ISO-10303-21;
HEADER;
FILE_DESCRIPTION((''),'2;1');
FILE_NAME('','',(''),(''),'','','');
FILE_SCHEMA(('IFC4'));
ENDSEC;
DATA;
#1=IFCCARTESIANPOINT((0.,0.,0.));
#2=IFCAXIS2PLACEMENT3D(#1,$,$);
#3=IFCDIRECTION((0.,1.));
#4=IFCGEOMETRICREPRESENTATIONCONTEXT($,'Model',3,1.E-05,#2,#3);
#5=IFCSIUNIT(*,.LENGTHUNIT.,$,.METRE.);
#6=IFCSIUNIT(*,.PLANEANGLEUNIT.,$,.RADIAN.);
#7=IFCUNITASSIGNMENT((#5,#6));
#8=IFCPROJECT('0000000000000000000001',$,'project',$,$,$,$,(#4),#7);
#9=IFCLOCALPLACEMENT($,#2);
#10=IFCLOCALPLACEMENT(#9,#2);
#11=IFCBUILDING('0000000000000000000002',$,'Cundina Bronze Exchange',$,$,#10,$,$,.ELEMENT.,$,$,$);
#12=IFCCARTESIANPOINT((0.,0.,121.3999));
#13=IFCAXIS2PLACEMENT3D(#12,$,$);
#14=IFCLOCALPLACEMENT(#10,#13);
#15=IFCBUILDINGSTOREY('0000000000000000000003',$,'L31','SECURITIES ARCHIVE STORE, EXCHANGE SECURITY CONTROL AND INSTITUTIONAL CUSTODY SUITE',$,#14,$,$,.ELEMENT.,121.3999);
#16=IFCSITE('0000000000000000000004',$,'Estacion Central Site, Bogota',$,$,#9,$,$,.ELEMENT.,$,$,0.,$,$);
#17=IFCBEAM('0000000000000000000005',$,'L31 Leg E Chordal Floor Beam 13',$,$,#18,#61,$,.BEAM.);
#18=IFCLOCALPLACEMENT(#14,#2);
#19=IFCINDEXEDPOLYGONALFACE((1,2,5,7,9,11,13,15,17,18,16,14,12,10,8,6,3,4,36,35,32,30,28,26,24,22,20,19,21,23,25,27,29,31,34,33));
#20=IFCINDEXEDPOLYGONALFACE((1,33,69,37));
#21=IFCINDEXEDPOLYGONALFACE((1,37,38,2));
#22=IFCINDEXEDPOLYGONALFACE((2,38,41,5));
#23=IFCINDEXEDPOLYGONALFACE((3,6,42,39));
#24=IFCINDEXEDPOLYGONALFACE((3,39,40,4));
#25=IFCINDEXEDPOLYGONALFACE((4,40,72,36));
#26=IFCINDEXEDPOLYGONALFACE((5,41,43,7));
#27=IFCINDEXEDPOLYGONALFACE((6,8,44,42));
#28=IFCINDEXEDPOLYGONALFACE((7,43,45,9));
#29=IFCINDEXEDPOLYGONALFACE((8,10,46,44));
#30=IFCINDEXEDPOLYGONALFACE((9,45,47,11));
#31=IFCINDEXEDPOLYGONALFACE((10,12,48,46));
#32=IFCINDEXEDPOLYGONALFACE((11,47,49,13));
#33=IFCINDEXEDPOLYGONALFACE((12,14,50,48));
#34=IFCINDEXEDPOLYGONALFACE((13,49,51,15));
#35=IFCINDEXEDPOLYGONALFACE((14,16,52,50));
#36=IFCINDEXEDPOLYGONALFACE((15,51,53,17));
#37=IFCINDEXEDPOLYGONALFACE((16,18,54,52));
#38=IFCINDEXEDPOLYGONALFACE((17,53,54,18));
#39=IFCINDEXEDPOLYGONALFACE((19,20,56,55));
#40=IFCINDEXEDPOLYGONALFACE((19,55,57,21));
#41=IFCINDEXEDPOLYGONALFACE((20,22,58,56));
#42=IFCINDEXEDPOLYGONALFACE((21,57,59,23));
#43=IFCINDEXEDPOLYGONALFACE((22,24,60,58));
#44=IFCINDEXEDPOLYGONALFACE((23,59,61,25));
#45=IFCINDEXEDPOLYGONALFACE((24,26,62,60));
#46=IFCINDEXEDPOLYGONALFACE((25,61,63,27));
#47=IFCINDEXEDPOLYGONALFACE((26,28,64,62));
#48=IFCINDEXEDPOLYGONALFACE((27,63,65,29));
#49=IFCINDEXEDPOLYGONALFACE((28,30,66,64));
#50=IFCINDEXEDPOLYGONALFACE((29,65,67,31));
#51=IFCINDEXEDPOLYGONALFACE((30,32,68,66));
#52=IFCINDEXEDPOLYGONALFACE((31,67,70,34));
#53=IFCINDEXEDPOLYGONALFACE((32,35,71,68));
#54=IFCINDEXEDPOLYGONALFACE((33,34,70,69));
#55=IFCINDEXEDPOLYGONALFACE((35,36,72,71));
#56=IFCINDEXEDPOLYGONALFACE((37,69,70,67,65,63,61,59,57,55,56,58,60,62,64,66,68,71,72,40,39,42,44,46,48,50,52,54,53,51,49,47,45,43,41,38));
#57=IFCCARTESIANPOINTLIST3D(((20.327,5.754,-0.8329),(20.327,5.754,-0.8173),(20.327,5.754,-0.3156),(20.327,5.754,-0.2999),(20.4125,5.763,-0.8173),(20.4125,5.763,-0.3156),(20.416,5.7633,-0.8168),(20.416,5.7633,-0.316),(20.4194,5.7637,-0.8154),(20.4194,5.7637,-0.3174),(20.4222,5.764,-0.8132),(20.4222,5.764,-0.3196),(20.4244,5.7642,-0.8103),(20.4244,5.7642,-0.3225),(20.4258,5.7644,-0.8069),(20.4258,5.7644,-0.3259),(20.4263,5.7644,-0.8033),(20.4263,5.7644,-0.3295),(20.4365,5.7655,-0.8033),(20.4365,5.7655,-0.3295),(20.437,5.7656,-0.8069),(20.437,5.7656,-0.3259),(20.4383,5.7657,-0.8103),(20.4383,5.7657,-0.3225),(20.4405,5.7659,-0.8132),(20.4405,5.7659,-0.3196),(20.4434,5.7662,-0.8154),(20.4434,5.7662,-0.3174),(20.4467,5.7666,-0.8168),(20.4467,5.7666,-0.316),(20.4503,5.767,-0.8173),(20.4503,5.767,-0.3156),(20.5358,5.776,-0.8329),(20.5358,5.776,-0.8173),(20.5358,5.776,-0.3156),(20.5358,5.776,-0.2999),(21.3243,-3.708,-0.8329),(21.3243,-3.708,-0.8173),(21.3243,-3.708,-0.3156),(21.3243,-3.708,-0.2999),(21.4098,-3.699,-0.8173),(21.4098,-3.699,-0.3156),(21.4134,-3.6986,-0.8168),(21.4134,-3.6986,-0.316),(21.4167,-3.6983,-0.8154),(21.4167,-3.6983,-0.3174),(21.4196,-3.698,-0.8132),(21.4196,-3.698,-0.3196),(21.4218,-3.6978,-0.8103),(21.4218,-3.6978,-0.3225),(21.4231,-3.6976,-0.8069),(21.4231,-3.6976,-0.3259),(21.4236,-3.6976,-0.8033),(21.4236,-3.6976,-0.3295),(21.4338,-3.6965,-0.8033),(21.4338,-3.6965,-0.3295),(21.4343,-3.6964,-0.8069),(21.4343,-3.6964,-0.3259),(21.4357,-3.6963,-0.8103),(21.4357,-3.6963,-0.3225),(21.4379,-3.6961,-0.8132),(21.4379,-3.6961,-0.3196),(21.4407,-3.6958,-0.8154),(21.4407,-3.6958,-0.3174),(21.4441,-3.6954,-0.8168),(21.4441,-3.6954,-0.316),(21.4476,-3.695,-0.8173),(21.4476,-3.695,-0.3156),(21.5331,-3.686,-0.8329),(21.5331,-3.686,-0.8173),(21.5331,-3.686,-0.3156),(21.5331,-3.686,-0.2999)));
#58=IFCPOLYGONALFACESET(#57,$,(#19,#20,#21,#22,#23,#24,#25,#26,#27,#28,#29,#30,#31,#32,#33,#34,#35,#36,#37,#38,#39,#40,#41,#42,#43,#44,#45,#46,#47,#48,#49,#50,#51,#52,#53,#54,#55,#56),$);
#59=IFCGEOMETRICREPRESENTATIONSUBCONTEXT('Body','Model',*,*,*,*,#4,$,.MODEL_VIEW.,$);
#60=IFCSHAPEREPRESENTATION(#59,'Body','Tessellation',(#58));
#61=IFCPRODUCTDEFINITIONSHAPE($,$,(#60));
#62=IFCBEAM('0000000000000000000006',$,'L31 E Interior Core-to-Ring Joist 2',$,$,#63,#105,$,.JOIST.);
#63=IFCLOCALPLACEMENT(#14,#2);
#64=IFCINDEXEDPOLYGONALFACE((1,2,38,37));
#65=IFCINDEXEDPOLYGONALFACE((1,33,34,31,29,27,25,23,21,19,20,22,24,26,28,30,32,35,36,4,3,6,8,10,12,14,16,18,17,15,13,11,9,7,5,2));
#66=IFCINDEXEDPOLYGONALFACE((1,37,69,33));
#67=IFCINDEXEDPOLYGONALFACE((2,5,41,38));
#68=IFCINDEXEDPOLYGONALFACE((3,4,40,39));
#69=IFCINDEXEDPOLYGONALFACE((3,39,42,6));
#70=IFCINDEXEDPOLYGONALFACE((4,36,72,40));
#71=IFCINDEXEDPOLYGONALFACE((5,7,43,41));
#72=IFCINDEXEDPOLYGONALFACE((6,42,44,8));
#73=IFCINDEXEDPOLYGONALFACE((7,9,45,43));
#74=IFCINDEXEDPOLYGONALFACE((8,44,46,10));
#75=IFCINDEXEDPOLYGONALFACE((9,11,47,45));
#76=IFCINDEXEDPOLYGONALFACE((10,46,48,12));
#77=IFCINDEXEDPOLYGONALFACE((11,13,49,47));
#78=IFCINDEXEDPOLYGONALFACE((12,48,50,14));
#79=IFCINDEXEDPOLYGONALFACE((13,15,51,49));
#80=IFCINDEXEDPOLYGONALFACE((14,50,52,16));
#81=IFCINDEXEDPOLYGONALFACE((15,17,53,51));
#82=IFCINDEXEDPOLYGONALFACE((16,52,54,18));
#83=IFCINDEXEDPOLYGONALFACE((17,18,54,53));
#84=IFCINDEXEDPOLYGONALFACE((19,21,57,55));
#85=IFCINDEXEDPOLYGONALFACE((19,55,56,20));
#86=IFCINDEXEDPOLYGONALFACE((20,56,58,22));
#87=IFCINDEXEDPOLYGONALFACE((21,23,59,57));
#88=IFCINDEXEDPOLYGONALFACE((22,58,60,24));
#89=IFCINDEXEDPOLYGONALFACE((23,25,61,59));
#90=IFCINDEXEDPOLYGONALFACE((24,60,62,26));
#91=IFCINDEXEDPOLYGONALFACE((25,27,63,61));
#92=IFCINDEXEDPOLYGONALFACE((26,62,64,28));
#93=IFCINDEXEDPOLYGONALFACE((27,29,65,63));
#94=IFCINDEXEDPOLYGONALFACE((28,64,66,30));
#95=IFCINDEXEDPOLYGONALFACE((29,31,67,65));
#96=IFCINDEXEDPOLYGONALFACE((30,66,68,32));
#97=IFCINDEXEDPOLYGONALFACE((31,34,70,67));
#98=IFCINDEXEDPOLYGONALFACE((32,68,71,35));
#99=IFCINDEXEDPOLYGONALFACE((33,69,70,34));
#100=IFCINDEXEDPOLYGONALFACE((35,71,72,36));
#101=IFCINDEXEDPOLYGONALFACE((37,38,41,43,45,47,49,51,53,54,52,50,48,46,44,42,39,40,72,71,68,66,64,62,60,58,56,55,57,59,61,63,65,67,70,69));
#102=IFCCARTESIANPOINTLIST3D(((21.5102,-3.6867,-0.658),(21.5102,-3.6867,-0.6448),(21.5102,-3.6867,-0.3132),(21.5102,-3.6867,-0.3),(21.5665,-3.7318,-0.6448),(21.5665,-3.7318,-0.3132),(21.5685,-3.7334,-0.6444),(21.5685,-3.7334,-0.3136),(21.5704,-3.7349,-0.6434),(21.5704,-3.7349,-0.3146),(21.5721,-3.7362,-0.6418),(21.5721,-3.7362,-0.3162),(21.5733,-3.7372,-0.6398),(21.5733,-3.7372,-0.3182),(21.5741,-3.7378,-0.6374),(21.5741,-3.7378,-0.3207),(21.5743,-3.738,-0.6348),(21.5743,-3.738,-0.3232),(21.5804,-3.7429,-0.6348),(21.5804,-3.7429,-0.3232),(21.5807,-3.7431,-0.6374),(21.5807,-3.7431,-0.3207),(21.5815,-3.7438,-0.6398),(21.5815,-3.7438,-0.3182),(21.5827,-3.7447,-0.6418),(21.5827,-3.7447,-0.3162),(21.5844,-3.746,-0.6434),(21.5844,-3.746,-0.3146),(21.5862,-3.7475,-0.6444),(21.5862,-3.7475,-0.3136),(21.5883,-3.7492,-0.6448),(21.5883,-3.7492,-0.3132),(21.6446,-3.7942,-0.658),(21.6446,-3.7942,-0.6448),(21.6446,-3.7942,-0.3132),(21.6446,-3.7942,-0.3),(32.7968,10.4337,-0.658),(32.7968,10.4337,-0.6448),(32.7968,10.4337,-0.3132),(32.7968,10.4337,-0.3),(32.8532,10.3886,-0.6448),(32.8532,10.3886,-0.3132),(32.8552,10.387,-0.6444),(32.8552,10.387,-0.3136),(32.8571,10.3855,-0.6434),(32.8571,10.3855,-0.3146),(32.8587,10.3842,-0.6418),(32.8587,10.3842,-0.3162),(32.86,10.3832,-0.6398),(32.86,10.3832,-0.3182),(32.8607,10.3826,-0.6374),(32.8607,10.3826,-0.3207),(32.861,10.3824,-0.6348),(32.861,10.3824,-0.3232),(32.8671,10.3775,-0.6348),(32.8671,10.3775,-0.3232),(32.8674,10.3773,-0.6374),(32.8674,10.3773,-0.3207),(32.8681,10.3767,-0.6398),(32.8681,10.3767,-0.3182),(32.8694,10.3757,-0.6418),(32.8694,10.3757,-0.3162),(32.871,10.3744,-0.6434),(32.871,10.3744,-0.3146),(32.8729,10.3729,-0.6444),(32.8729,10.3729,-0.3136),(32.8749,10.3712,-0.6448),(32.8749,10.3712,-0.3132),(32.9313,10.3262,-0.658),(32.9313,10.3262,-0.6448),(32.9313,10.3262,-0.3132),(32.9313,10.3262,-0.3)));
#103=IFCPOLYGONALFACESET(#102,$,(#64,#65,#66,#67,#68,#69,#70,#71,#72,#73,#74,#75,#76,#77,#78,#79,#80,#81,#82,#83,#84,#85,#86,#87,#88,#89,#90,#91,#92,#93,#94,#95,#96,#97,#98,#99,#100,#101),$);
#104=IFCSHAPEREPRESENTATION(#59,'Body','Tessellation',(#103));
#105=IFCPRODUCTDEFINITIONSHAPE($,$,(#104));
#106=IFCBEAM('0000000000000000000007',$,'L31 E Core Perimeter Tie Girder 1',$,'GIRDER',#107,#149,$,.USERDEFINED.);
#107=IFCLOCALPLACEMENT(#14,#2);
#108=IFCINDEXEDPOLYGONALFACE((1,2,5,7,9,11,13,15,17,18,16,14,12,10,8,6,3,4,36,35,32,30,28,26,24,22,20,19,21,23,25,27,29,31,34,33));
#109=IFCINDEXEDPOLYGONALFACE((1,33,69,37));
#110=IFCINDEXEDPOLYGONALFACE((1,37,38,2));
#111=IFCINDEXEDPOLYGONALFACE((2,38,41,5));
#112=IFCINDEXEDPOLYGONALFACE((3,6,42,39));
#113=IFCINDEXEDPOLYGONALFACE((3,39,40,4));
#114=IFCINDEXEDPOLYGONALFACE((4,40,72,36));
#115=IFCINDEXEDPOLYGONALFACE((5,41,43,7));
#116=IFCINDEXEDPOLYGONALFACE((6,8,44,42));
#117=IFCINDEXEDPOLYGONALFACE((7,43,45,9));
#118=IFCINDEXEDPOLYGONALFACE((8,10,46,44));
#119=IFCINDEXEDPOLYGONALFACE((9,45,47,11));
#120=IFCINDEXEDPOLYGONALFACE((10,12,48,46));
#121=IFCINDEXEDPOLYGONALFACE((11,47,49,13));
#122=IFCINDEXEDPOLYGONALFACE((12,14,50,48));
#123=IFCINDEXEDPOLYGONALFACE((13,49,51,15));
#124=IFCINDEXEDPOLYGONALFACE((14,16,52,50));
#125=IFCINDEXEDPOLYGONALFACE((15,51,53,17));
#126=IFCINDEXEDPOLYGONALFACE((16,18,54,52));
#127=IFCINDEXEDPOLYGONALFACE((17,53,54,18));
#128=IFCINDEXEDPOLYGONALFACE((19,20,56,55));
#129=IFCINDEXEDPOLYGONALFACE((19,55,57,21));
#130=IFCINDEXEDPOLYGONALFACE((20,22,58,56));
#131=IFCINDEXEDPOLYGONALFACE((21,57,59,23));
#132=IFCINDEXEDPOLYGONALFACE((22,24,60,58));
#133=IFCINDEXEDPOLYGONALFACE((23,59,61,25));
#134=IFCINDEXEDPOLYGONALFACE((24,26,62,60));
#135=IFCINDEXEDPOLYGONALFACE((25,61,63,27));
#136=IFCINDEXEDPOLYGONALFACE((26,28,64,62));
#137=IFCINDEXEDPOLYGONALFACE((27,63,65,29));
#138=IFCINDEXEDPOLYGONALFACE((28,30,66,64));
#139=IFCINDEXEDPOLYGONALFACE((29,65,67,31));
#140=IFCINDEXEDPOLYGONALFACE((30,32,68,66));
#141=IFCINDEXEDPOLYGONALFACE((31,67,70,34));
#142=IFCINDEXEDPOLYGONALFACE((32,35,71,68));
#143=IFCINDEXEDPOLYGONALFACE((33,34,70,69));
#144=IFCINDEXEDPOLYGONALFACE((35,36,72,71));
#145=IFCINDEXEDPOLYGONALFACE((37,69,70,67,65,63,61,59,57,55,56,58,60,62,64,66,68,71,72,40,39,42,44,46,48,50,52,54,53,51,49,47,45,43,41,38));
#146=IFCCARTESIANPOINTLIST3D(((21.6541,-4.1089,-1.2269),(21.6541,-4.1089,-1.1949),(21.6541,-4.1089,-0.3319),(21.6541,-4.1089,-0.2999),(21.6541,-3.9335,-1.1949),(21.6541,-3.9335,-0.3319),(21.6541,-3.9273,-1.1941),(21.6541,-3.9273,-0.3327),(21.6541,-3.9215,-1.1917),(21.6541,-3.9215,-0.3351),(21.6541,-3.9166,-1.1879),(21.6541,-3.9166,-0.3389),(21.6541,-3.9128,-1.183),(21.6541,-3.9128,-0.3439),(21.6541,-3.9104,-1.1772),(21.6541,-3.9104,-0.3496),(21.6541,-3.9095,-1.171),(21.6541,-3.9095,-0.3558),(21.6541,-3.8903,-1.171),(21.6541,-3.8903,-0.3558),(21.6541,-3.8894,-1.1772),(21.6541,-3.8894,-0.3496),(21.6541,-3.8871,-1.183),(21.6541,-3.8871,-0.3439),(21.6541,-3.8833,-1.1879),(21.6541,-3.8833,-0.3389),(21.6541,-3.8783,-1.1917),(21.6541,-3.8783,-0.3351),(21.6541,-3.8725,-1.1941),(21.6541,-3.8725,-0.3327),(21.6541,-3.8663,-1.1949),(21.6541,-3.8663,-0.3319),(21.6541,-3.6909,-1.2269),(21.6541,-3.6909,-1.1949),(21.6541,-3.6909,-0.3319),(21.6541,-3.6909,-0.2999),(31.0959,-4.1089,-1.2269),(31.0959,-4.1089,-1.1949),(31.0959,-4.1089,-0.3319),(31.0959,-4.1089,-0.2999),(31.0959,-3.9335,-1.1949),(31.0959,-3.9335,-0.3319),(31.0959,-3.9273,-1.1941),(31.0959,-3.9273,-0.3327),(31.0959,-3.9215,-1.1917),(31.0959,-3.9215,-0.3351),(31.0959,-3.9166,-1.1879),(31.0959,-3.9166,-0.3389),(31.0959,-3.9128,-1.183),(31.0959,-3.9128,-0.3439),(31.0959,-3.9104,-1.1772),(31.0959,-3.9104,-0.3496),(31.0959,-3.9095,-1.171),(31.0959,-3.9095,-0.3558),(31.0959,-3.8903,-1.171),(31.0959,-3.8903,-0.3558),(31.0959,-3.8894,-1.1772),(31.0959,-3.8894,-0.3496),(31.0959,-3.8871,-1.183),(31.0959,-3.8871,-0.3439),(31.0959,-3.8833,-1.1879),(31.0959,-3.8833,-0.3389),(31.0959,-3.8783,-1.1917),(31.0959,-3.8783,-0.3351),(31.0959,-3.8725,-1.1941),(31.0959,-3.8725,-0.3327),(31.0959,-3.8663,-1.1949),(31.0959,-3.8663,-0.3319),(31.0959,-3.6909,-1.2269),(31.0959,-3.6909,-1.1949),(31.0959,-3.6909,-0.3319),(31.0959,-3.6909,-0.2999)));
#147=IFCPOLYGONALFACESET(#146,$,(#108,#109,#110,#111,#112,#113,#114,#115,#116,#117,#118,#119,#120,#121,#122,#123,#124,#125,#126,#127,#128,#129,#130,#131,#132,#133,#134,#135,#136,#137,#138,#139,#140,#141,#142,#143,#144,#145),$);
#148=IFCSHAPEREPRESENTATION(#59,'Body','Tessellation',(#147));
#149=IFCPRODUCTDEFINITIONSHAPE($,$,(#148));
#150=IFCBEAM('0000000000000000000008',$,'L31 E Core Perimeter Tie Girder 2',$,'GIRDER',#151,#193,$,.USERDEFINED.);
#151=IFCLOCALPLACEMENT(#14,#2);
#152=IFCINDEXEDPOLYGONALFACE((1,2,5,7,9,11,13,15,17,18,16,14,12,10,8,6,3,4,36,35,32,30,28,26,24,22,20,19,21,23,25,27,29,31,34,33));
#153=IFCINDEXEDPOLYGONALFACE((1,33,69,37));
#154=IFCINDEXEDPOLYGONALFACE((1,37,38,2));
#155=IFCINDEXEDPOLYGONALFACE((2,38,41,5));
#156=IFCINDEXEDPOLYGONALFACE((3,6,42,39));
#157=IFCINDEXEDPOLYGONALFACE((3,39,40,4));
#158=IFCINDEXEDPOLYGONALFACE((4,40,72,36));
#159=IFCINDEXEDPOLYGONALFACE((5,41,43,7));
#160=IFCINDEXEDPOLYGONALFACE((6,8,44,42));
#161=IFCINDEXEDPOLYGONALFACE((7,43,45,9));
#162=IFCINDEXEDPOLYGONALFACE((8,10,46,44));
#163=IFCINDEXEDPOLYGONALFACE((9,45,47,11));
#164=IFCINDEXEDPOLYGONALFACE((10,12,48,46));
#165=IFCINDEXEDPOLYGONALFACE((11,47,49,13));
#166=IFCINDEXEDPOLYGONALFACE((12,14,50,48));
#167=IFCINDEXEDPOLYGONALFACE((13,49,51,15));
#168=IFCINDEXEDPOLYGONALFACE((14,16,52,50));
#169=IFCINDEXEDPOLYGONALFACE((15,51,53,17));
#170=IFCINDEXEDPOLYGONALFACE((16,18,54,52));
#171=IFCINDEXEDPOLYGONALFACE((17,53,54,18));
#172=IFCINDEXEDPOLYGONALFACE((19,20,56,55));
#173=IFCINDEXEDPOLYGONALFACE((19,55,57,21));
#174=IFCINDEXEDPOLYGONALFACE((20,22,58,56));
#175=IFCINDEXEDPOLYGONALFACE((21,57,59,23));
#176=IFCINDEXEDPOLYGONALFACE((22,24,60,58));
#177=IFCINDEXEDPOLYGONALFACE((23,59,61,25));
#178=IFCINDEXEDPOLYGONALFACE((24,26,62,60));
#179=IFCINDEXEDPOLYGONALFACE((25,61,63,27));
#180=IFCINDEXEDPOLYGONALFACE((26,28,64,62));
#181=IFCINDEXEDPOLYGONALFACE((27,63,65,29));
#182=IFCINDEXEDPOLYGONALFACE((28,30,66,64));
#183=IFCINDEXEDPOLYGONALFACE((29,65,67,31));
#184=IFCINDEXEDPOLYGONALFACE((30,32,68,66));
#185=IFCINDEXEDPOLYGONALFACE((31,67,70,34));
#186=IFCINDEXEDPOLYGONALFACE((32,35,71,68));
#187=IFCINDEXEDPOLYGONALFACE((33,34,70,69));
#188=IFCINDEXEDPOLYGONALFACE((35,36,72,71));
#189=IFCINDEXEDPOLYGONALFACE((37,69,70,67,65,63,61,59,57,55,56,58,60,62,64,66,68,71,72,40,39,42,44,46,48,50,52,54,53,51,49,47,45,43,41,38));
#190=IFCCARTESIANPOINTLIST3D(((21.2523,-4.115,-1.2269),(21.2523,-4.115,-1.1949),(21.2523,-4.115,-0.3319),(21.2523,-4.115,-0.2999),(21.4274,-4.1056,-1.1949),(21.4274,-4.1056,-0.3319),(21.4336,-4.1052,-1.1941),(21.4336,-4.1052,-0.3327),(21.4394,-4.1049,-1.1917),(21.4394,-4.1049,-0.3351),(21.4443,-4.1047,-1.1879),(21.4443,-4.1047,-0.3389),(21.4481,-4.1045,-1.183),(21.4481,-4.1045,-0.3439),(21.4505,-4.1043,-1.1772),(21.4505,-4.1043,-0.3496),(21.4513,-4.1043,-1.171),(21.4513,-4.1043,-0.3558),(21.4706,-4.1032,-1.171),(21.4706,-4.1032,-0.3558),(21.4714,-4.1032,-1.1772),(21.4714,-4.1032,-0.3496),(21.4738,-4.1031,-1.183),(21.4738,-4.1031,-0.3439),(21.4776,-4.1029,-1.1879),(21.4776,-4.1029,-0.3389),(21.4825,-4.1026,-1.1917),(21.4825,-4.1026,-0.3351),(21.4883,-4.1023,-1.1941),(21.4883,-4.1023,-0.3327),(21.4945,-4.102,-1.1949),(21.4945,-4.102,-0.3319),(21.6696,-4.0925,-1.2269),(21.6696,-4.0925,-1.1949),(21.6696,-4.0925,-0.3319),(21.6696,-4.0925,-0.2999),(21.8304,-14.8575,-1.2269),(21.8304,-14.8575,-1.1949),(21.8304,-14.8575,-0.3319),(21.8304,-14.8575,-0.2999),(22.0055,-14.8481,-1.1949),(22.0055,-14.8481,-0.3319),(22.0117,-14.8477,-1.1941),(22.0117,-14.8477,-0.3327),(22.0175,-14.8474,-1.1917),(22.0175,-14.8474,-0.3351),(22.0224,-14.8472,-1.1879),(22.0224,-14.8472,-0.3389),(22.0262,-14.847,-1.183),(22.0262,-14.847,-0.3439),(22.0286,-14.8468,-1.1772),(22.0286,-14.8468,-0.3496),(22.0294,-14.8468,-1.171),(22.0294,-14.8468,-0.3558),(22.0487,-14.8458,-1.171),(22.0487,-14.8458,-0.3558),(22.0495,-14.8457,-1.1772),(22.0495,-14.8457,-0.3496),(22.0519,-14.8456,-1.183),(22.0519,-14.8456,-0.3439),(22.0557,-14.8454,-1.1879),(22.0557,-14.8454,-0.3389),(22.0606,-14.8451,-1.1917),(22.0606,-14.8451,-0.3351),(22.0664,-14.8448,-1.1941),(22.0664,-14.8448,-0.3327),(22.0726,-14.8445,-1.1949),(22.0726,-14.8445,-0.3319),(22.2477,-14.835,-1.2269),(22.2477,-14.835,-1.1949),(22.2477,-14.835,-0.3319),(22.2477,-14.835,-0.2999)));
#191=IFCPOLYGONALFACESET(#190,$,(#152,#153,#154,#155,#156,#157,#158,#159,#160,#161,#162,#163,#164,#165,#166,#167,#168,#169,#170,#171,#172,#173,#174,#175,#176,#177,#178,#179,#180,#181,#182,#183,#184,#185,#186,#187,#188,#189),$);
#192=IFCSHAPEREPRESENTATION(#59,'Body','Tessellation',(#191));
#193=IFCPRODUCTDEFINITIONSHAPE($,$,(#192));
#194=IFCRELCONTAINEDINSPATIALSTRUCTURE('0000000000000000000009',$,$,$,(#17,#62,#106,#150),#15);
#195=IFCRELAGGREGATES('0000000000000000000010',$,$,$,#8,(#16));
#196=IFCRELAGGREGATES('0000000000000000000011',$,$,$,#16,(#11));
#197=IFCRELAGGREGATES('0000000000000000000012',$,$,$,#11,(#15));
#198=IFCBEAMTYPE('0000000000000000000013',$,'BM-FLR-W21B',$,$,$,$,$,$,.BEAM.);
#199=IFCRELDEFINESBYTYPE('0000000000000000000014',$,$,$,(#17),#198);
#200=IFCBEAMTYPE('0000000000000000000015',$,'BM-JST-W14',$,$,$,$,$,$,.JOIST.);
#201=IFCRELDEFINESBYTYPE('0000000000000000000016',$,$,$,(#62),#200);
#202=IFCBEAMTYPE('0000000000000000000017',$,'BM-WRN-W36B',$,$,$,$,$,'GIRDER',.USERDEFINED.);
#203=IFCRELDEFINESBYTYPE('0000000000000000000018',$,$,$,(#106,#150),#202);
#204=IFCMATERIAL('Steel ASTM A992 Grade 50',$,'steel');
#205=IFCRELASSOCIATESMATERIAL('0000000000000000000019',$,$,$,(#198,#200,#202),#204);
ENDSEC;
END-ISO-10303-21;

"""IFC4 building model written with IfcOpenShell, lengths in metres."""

from ifc_helpers import new_model, si_unit, direction, frame, origin, origin_2d, place, context, subcontext, project, spatial, i_section, extrude, material, material_profile, profile_set, type_object, element, save


model = new_model("IFC4")

# Units and contexts
model_context = context("Model", 3, precision=1e-05, world=origin(), true_north=direction((0.0, 1.0)))
body_context = subcontext(model_context, "Body", "Model", "MODEL_VIEW")
ifc_project = project(units=[si_unit("LENGTHUNIT", "METRE"), si_unit("PLANEANGLEUNIT", "RADIAN")], contexts=[model_context])

# Site, building, storey
site_placement = place(None, origin())
site = spatial("IfcSite", under=ifc_project, at=site_placement, Name="Estacion Central Site, Bogota", CompositionType="ELEMENT", RefElevation=0.0)
building_placement = place(site_placement, origin())
building = spatial("IfcBuilding", under=site, at=building_placement, Name="Cundina Bronze Exchange", CompositionType="ELEMENT")
storey_placement = place(building_placement, frame((0.0, 0.0, 121.3999)))
storey = spatial("IfcBuildingStorey", under=building, at=storey_placement, Name="L31", Description="SECURITIES ARCHIVE STORE, EXCHANGE SECURITY CONTROL AND INSTITUTIONAL CUSTODY SUITE", CompositionType="ELEMENT", Elevation=121.3999)

# Shared definitions
ifc_material_1 = material(Name="Steel ASTM A992 Grade 50", Category="steel")

# Beams
ifc_material_profile_1 = material_profile(ifc_material_1, i_section(OverallWidth=0.21, OverallDepth=0.533, WebThickness=0.0103, FlangeThickness=0.0156, FilletRadius=0.0139, at=origin_2d()), Name="W21X62", Category="steel")
ifc_profile_set_1 = profile_set([ifc_material_profile_1], Name="Steel ASTM A992 Grade 50")
beam_type_1 = type_object("IfcBeamType", Name="BM-FLR-W21B", PredefinedType="BEAM", material=ifc_profile_set_1)
beam_1_placement = place(storey_placement, frame((21.4287, -3.697, -0.5664), z_axis=(-0.104822, 0.994491, 0.0), x_axis=(-0.994491, -0.104822, 0.0)))
element("IfcBeam", 1, at=beam_1_placement, inside=storey, type_object=beam_type_1, Name="L31 Leg E Chordal Floor Beam 13", PredefinedType="BEAM", context=body_context, shape_type="SweptSolid", body=[
    extrude(i_section(OverallWidth=0.21, OverallDepth=0.533, WebThickness=0.0103, FlangeThickness=0.0156, FilletRadius=0.0139, at=origin_2d()), origin(), (0.0, 0.0, 1.0), 9.5144),
])
ifc_material_profile_2 = material_profile(ifc_material_1, i_section(OverallWidth=0.1721, OverallDepth=0.3579, WebThickness=0.0078, FlangeThickness=0.0132, FilletRadius=0.01, at=origin_2d()), Name="W14X38", Category="steel")
ifc_profile_set_2 = profile_set([ifc_material_profile_2], Name="Steel ASTM A992 Grade 50")
beam_type_2 = type_object("IfcBeamType", Name="BM-JST-W14", PredefinedType="JOIST", material=ifc_profile_set_2)
beam_2_placement = place(storey_placement, frame((21.5774, -3.7405, -0.479), z_axis=(0.624369, 0.78113, 0.0), x_axis=(-0.78113, 0.624369, 0.0)))
element("IfcBeam", 2, at=beam_2_placement, inside=storey, type_object=beam_type_2, Name="L31 E Interior Core-to-Ring Joist 2", PredefinedType="JOIST", context=body_context, shape_type="SweptSolid", body=[
    extrude(i_section(OverallWidth=0.1721, OverallDepth=0.3579, WebThickness=0.0078, FlangeThickness=0.0132, FilletRadius=0.01, at=origin_2d()), origin(), (0.0, 0.0, 1.0), 18.0769),
])
ifc_material_profile_3 = material_profile(ifc_material_1, i_section(OverallWidth=0.418, OverallDepth=0.927, WebThickness=0.0193, FlangeThickness=0.032, FilletRadius=0.0239, at=origin_2d()), Name="W36X231", Category="steel")
ifc_profile_set_3 = profile_set([ifc_material_profile_3], Name="Steel ASTM A992 Grade 50")
beam_type_3 = type_object("IfcBeamType", Name="BM-WRN-W36B", ElementType="GIRDER", PredefinedType="USERDEFINED", material=ifc_profile_set_3)
beam_3_placement = place(storey_placement, frame((31.0959, -3.8999, -0.7634), z_axis=(-1.0, 0.0, 0.0), x_axis=(0.0, -1.0, 0.0)))
element("IfcBeam", 3, at=beam_3_placement, inside=storey, type_object=beam_type_3, Name="L31 E Core Perimeter Tie Girder 1", ObjectType="GIRDER", PredefinedType="USERDEFINED", context=body_context, shape_type="SweptSolid", body=[
    extrude(i_section(OverallWidth=0.418, OverallDepth=0.927, WebThickness=0.0193, FlangeThickness=0.032, FilletRadius=0.0239, at=origin_2d()), origin(), (0.0, 0.0, 1.0), 9.4419),
])
beam_4_placement = place(storey_placement, frame((21.4609, -4.1038, -0.7634), z_axis=(0.053739, -0.998555, 0.0), x_axis=(0.998555, 0.053739, 0.0)))
element("IfcBeam", 4, at=beam_4_placement, inside=storey, type_object=beam_type_3, Name="L31 E Core Perimeter Tie Girder 2", ObjectType="GIRDER", PredefinedType="USERDEFINED", context=body_context, shape_type="SweptSolid", body=[
    extrude(i_section(OverallWidth=0.418, OverallDepth=0.927, WebThickness=0.0193, FlangeThickness=0.032, FilletRadius=0.0239, at=origin_2d()), origin(), (0.0, 0.0, 1.0), 10.7581),
])

save(model, "model.ifc")
